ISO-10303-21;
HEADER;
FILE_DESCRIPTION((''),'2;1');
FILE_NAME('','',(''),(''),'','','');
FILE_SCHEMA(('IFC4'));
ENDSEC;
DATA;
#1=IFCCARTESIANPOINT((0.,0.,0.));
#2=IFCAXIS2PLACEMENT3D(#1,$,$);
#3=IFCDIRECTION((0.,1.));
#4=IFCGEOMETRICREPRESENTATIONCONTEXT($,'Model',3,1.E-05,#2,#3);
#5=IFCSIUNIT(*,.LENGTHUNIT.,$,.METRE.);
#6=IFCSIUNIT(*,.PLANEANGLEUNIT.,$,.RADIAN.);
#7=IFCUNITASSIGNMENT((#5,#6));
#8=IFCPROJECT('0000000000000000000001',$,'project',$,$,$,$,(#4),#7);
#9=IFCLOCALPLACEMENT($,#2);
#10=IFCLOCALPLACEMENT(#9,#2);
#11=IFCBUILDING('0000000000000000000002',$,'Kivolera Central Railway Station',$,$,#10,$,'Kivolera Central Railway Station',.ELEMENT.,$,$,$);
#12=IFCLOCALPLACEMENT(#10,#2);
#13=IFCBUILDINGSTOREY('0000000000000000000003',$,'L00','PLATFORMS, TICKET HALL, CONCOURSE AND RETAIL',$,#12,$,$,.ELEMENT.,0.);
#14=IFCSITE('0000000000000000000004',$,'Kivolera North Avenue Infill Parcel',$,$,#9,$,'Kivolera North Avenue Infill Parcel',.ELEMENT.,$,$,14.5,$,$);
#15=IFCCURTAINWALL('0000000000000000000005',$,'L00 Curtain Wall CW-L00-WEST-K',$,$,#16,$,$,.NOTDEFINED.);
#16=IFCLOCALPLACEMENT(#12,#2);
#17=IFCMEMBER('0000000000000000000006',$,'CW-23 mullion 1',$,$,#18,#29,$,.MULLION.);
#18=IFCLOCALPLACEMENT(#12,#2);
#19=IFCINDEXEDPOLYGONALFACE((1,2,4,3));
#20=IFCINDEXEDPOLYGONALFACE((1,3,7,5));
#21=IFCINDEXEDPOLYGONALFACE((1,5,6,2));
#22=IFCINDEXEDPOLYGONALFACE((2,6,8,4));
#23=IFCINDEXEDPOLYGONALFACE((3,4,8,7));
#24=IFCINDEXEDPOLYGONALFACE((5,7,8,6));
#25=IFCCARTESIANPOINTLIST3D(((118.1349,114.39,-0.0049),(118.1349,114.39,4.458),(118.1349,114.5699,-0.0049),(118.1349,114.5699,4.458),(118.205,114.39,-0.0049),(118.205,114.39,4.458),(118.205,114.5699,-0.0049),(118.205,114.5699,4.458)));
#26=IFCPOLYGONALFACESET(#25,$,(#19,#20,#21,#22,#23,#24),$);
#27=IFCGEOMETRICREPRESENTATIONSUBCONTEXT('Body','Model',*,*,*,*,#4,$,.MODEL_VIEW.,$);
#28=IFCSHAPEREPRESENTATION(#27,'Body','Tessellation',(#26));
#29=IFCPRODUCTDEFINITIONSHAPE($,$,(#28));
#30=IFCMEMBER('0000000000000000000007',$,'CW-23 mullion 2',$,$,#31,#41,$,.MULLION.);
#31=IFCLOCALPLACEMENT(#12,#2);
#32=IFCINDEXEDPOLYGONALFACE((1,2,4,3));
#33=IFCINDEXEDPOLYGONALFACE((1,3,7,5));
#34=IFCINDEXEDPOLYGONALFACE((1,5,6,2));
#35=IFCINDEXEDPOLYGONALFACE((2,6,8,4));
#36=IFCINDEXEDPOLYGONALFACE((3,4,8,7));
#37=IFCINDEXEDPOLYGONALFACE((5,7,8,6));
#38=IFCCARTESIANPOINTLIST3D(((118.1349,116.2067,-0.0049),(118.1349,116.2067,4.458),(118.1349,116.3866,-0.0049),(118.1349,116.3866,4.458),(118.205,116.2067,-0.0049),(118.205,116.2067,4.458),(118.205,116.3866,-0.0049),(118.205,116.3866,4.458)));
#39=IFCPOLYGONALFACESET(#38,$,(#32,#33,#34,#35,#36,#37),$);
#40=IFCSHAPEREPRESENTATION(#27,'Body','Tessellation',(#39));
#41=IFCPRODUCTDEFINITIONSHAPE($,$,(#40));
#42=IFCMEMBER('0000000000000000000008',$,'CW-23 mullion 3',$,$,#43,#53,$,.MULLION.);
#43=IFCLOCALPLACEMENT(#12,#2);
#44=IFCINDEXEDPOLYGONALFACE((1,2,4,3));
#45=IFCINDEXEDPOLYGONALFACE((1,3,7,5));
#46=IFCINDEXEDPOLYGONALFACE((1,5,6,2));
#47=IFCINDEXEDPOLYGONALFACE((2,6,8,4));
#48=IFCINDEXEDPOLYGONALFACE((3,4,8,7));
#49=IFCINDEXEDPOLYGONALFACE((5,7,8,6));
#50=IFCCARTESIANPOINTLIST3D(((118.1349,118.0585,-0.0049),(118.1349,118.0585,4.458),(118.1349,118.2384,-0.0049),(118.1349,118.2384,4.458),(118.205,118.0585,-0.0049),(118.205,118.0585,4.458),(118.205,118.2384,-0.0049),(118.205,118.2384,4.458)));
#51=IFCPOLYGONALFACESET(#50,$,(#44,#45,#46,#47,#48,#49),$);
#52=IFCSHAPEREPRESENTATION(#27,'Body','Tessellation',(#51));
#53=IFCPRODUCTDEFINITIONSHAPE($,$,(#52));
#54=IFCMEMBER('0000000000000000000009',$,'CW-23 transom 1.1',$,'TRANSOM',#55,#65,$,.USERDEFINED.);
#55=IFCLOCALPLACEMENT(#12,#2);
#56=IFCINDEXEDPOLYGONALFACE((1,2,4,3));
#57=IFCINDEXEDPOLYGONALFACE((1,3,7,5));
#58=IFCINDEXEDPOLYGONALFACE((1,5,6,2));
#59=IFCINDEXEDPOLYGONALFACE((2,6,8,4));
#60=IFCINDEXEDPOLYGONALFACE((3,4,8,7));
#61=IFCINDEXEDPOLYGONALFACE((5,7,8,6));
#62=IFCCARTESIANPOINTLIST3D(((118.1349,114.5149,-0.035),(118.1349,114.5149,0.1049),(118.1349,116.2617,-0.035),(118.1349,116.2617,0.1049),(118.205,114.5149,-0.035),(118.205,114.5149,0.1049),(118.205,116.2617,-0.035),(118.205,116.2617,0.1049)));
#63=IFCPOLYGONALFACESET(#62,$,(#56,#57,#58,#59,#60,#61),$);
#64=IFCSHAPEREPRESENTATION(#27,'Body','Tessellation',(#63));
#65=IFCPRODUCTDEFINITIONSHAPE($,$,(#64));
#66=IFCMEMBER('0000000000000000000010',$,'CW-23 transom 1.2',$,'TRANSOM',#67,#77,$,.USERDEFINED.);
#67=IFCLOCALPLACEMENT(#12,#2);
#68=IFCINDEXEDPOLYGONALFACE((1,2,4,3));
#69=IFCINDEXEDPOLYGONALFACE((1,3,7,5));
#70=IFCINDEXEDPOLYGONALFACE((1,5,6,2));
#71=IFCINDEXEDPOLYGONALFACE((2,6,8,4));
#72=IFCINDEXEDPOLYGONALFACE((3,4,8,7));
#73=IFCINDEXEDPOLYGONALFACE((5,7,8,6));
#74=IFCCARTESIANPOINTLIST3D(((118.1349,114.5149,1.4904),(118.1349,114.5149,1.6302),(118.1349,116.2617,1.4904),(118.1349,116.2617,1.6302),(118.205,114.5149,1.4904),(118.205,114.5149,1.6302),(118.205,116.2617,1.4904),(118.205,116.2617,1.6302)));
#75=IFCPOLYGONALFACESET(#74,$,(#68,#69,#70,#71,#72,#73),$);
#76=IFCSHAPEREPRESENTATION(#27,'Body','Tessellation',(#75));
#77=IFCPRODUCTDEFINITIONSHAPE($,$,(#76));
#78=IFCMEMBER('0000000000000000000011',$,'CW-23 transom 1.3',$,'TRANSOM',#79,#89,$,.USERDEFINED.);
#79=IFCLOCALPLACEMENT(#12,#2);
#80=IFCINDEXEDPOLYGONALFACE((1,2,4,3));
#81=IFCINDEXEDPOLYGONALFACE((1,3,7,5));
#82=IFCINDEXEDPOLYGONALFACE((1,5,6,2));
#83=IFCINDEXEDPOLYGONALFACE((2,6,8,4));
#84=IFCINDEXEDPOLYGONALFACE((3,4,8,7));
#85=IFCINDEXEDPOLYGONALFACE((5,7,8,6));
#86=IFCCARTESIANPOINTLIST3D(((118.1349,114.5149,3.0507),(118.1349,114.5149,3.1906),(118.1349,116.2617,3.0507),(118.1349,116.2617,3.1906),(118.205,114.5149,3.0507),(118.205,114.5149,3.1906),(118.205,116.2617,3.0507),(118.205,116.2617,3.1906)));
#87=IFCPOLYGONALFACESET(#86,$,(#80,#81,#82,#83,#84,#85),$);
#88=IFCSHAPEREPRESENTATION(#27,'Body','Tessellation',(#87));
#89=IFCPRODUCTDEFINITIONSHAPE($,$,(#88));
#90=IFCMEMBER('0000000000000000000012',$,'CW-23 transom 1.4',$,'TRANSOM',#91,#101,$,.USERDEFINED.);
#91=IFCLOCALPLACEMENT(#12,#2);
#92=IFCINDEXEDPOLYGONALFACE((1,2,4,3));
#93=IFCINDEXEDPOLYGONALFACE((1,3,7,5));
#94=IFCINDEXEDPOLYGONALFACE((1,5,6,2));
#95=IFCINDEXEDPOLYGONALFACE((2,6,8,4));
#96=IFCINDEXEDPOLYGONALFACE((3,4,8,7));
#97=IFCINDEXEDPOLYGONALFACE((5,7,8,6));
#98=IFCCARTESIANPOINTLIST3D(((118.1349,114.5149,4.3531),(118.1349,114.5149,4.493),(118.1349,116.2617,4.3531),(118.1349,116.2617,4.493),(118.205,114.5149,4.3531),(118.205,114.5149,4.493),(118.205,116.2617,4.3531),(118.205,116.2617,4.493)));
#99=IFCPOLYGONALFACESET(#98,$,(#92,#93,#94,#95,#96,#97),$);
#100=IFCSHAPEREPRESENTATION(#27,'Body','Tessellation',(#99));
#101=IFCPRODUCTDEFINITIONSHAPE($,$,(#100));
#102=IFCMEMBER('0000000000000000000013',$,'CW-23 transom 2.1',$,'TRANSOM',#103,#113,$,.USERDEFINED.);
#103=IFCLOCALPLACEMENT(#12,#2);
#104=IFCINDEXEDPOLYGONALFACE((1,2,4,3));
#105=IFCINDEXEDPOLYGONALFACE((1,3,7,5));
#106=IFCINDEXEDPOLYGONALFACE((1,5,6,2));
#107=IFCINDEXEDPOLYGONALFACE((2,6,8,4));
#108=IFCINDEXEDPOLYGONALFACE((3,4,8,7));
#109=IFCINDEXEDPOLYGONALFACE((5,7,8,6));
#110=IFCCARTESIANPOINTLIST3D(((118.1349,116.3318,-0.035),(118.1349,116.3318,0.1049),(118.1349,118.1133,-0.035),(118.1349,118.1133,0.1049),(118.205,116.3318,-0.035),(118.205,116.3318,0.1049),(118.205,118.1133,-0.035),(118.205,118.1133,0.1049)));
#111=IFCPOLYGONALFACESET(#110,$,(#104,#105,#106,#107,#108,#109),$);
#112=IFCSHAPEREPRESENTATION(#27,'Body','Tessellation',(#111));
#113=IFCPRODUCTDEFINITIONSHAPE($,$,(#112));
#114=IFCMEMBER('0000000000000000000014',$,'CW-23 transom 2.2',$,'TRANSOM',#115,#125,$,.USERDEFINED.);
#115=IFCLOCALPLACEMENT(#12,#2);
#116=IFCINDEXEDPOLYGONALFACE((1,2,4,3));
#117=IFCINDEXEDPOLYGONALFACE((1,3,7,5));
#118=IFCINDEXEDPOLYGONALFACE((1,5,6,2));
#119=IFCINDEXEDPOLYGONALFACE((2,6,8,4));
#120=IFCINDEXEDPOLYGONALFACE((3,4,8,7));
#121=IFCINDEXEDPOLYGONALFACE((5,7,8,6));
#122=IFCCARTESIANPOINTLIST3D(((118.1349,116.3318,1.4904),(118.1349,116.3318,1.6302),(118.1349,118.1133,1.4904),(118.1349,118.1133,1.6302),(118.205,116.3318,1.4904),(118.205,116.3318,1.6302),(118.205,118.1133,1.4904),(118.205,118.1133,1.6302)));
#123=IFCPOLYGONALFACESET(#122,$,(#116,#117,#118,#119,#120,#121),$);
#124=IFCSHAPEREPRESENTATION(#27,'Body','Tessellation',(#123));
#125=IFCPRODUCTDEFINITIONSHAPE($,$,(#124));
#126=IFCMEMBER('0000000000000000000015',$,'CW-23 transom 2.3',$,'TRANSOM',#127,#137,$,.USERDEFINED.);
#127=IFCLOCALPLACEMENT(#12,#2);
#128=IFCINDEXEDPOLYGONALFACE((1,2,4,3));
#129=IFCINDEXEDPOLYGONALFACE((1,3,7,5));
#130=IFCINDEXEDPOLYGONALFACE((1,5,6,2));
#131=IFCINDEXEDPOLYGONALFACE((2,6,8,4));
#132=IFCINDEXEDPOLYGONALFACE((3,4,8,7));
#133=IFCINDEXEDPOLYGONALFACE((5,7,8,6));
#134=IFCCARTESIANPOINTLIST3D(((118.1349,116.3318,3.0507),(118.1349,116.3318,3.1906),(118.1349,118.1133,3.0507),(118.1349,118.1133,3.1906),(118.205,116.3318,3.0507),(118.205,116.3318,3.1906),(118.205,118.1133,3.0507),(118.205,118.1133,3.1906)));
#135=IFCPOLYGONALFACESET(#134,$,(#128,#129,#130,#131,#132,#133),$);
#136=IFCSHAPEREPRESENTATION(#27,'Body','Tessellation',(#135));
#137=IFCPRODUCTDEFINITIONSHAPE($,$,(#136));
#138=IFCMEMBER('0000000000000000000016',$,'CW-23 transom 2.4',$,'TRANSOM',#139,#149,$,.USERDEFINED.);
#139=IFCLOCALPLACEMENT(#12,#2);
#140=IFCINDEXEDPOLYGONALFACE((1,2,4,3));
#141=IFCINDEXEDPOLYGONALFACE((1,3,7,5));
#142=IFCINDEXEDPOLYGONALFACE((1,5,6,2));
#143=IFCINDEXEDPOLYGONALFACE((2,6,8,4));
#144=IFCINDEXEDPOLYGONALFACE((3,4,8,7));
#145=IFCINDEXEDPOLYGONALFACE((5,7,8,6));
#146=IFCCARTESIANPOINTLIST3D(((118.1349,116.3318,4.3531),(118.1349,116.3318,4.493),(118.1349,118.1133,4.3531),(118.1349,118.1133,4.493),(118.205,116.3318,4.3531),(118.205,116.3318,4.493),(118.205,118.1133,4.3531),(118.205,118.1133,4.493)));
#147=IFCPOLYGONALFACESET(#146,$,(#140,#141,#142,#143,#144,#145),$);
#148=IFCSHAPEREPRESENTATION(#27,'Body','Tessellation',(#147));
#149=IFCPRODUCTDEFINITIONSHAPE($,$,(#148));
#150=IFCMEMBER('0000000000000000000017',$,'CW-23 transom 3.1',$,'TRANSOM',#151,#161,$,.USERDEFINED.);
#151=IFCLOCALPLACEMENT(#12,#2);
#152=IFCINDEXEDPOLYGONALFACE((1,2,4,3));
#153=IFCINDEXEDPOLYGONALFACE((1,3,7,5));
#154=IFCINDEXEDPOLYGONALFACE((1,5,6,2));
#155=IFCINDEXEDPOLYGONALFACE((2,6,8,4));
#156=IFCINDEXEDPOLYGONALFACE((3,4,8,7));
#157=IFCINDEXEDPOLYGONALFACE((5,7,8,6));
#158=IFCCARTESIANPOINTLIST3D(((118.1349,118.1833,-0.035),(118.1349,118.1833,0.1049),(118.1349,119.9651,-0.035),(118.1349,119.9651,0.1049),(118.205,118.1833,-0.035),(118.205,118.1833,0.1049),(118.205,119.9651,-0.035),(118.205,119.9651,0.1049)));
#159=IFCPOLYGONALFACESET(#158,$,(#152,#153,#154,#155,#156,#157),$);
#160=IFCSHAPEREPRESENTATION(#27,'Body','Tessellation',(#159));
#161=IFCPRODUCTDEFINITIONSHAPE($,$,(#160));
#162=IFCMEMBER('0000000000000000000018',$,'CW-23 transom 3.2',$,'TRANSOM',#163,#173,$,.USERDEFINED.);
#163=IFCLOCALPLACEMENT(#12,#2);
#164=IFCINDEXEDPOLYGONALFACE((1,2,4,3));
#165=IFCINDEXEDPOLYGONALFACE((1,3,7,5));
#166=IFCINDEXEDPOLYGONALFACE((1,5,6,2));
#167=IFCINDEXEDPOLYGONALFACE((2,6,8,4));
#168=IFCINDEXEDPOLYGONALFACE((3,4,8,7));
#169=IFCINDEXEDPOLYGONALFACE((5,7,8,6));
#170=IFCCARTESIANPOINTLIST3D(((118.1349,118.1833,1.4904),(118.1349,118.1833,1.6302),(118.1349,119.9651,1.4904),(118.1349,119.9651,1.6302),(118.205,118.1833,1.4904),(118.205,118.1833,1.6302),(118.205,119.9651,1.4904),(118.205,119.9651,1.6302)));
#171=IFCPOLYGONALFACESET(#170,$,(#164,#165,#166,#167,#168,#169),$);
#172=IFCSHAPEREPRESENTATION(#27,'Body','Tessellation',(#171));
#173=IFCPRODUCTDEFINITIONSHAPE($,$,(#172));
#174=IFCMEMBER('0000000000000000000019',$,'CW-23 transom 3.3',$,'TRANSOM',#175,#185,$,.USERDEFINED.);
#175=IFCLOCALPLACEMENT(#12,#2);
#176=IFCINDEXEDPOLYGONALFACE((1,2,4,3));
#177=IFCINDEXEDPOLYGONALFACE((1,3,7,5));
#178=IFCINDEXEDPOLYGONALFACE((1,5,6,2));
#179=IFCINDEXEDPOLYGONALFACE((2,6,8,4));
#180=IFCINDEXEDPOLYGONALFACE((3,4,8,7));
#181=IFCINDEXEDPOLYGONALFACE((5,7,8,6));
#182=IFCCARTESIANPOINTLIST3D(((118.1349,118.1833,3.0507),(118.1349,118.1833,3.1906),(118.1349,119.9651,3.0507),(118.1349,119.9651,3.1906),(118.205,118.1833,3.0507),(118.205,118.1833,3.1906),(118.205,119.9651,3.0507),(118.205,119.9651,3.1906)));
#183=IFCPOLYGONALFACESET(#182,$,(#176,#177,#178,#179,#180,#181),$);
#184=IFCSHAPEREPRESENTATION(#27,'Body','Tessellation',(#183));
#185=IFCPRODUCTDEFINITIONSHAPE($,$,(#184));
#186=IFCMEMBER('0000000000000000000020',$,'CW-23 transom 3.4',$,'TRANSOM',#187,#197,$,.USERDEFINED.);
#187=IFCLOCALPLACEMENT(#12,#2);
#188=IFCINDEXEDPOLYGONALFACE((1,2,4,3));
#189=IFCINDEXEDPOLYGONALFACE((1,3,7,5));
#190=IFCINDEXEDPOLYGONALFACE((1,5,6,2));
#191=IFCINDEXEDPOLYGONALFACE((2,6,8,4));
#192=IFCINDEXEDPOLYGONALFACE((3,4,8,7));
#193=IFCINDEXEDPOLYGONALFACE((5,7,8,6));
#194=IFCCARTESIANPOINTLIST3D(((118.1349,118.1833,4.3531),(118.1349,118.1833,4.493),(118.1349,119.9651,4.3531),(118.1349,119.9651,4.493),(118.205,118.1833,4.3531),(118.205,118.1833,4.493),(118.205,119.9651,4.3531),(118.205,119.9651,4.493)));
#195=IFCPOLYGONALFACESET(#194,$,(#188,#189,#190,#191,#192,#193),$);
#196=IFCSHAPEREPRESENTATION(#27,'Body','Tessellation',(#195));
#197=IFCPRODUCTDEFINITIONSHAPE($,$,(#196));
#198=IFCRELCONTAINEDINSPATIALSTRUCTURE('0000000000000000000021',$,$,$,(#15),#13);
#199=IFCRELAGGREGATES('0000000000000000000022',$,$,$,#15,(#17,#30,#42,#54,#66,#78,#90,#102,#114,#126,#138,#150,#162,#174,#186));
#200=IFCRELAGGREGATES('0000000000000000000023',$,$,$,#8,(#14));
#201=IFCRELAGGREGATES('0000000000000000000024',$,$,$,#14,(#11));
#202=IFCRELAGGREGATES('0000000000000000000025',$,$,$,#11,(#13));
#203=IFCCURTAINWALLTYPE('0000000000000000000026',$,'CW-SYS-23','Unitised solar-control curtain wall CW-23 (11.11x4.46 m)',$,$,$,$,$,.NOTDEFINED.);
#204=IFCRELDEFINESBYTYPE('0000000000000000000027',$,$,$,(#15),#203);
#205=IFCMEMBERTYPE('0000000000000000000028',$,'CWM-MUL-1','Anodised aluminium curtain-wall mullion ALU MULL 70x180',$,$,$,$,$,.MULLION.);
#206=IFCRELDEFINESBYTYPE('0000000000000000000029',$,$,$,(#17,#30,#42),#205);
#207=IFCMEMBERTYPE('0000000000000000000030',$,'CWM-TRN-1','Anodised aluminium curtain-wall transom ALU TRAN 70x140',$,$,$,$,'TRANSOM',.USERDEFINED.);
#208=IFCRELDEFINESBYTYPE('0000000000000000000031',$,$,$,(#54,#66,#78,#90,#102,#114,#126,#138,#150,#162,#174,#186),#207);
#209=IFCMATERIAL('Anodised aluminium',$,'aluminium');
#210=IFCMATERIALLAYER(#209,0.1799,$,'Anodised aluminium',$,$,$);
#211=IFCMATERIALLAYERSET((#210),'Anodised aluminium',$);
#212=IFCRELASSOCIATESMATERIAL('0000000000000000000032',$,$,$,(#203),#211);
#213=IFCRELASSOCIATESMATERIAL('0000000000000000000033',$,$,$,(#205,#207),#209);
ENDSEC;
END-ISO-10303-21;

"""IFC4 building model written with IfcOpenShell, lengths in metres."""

from ifc_helpers import new_model, si_unit, direction, frame, origin, origin_2d, place, context, subcontext, project, spatial, rectangle, extrude, material, layer, layer_set, material_profile, profile_set, type_object, element, aggregate, save


model = new_model("IFC4")

# Units and contexts
model_context = context("Model", 3, precision=1e-05, world=origin(), true_north=direction((0.0, 1.0)))
body_context = subcontext(model_context, "Body", "Model", "MODEL_VIEW")
ifc_project = project(units=[si_unit("LENGTHUNIT", "METRE"), si_unit("PLANEANGLEUNIT", "RADIAN")], contexts=[model_context])

# Site, building, storey
site_placement = place(None, origin())
site = spatial("IfcSite", under=ifc_project, at=site_placement, Name="Kivolera North Avenue Infill Parcel", LongName="Kivolera North Avenue Infill Parcel", CompositionType="ELEMENT", RefElevation=14.5)
building_placement = place(site_placement, origin())
building = spatial("IfcBuilding", under=site, at=building_placement, Name="Kivolera Central Railway Station", LongName="Kivolera Central Railway Station", CompositionType="ELEMENT")
storey_placement = place(building_placement, origin())
storey = spatial("IfcBuildingStorey", under=building, at=storey_placement, Name="L00", Description="PLATFORMS, TICKET HALL, CONCOURSE AND RETAIL", CompositionType="ELEMENT", Elevation=0.0)

# Curtain wall, members
ifc_material_1 = material(Name="Anodised aluminium", Category="aluminium")
ifc_layer_1 = layer(ifc_material_1, 0.1799, Name="Anodised aluminium")
ifc_layer_set_1 = layer_set([ifc_layer_1], Name="Anodised aluminium")
curtain_wall_type = type_object("IfcCurtainWallType", Name="CW-SYS-23", Description="Unitised solar-control curtain wall CW-23 (11.11x4.46 m)", PredefinedType="NOTDEFINED", material=ifc_layer_set_1)
curtain_wall_placement = place(storey_placement, origin())
curtain_wall = element("IfcCurtainWall", 1, at=curtain_wall_placement, inside=storey, type_object=curtain_wall_type, Name="L00 Curtain Wall CW-L00-WEST-K", PredefinedType="NOTDEFINED")
ifc_material_profile_1 = material_profile(ifc_material_1, rectangle(XDim=0.0701, YDim=0.1799, at=origin_2d()), Name="ALU MULL 70x180")
ifc_profile_set_1 = profile_set([ifc_material_profile_1], Name="Anodised aluminium")
member_type_1 = type_object("IfcMemberType", Name="CWM-MUL-1", Description="Anodised aluminium curtain-wall mullion ALU MULL 70x180", PredefinedType="MULLION", material=ifc_profile_set_1)
member_1_placement = place(storey_placement, frame((118.1699, 114.48, -0.0049), z_axis=(0.0, 0.0, 1.0), x_axis=(-1.0, 0.0, 0.0)))
member_1 = element("IfcMember", 2, at=member_1_placement, type_object=member_type_1, Name="CW-23 mullion 1", PredefinedType="MULLION", context=body_context, shape_type="SweptSolid", body=[
    extrude(rectangle(XDim=0.0701, YDim=0.1799, at=origin_2d()), origin(), (0.0, 0.0, 1.0), 4.4629),
])
member_2_placement = place(storey_placement, frame((118.1699, 116.2966, -0.0049), z_axis=(0.0, 0.0, 1.0), x_axis=(-1.0, 0.0, 0.0)))
member_2 = element("IfcMember", 3, at=member_2_placement, type_object=member_type_1, Name="CW-23 mullion 2", PredefinedType="MULLION", context=body_context, shape_type="SweptSolid", body=[
    extrude(rectangle(XDim=0.0701, YDim=0.1799, at=origin_2d()), origin(), (0.0, 0.0, 1.0), 4.4629),
])
member_3_placement = place(storey_placement, frame((118.1699, 118.1484, -0.0049), z_axis=(0.0, 0.0, 1.0), x_axis=(-1.0, 0.0, 0.0)))
member_3 = element("IfcMember", 4, at=member_3_placement, type_object=member_type_1, Name="CW-23 mullion 3", PredefinedType="MULLION", context=body_context, shape_type="SweptSolid", body=[
    extrude(rectangle(XDim=0.0701, YDim=0.1799, at=origin_2d()), origin(), (0.0, 0.0, 1.0), 4.4629),
])
ifc_material_profile_2 = material_profile(ifc_material_1, rectangle(XDim=0.0701, YDim=0.1399, at=origin_2d()), Name="ALU TRAN 70x140")
ifc_profile_set_2 = profile_set([ifc_material_profile_2], Name="Anodised aluminium")
member_type_2 = type_object("IfcMemberType", Name="CWM-TRN-1", Description="Anodised aluminium curtain-wall transom ALU TRAN 70x140", ElementType="TRANSOM", PredefinedType="USERDEFINED", material=ifc_profile_set_2)
member_4_placement = place(storey_placement, frame((118.1699, 114.5149, 0.0349), z_axis=(0.0, 1.0, 0.0), x_axis=(-1.0, 0.0, 0.0)))
member_4 = element("IfcMember", 5, at=member_4_placement, type_object=member_type_2, Name="CW-23 transom 1.1", ObjectType="TRANSOM", PredefinedType="USERDEFINED", context=body_context, shape_type="SweptSolid", body=[
    extrude(rectangle(XDim=0.0701, YDim=0.1399, at=origin_2d()), origin(), (0.0, 0.0, 1.0), 1.7468),
])
member_5_placement = place(storey_placement, frame((118.1699, 114.5149, 1.5603), z_axis=(0.0, 1.0, 0.0), x_axis=(-1.0, 0.0, 0.0)))
member_5 = element("IfcMember", 6, at=member_5_placement, type_object=member_type_2, Name="CW-23 transom 1.2", ObjectType="TRANSOM", PredefinedType="USERDEFINED", context=body_context, shape_type="SweptSolid", body=[
    extrude(rectangle(XDim=0.0701, YDim=0.1399, at=origin_2d()), origin(), (0.0, 0.0, 1.0), 1.7468),
])
member_6_placement = place(storey_placement, frame((118.1699, 114.5149, 3.1206), z_axis=(0.0, 1.0, 0.0), x_axis=(-1.0, 0.0, 0.0)))
member_6 = element("IfcMember", 7, at=member_6_placement, type_object=member_type_2, Name="CW-23 transom 1.3", ObjectType="TRANSOM", PredefinedType="USERDEFINED", context=body_context, shape_type="SweptSolid", body=[
    extrude(rectangle(XDim=0.0701, YDim=0.1399, at=origin_2d()), origin(), (0.0, 0.0, 1.0), 1.7468),
])
member_7_placement = place(storey_placement, frame((118.1699, 114.5149, 4.4231), z_axis=(0.0, 1.0, 0.0), x_axis=(-1.0, 0.0, 0.0)))
member_7 = element("IfcMember", 8, at=member_7_placement, type_object=member_type_2, Name="CW-23 transom 1.4", ObjectType="TRANSOM", PredefinedType="USERDEFINED", context=body_context, shape_type="SweptSolid", body=[
    extrude(rectangle(XDim=0.0701, YDim=0.1399, at=origin_2d()), origin(), (0.0, 0.0, 1.0), 1.7468),
])
member_8_placement = place(storey_placement, frame((118.1699, 116.3318, 0.0349), z_axis=(0.0, 1.0, 0.0), x_axis=(-1.0, 0.0, 0.0)))
member_8 = element("IfcMember", 9, at=member_8_placement, type_object=member_type_2, Name="CW-23 transom 2.1", ObjectType="TRANSOM", PredefinedType="USERDEFINED", context=body_context, shape_type="SweptSolid", body=[
    extrude(rectangle(XDim=0.0701, YDim=0.1399, at=origin_2d()), origin(), (0.0, 0.0, 1.0), 1.7815),
])
member_9_placement = place(storey_placement, frame((118.1699, 116.3318, 1.5603), z_axis=(0.0, 1.0, 0.0), x_axis=(-1.0, 0.0, 0.0)))
member_9 = element("IfcMember", 10, at=member_9_placement, type_object=member_type_2, Name="CW-23 transom 2.2", ObjectType="TRANSOM", PredefinedType="USERDEFINED", context=body_context, shape_type="SweptSolid", body=[
    extrude(rectangle(XDim=0.0701, YDim=0.1399, at=origin_2d()), origin(), (0.0, 0.0, 1.0), 1.7815),
])
member_10_placement = place(storey_placement, frame((118.1699, 116.3318, 3.1206), z_axis=(0.0, 1.0, 0.0), x_axis=(-1.0, 0.0, 0.0)))
member_10 = element("IfcMember", 11, at=member_10_placement, type_object=member_type_2, Name="CW-23 transom 2.3", ObjectType="TRANSOM", PredefinedType="USERDEFINED", context=body_context, shape_type="SweptSolid", body=[
    extrude(rectangle(XDim=0.0701, YDim=0.1399, at=origin_2d()), origin(), (0.0, 0.0, 1.0), 1.7815),
])
member_11_placement = place(storey_placement, frame((118.1699, 116.3318, 4.4231), z_axis=(0.0, 1.0, 0.0), x_axis=(-1.0, 0.0, 0.0)))
member_11 = element("IfcMember", 12, at=member_11_placement, type_object=member_type_2, Name="CW-23 transom 2.4", ObjectType="TRANSOM", PredefinedType="USERDEFINED", context=body_context, shape_type="SweptSolid", body=[
    extrude(rectangle(XDim=0.0701, YDim=0.1399, at=origin_2d()), origin(), (0.0, 0.0, 1.0), 1.7815),
])
member_12_placement = place(storey_placement, frame((118.1699, 118.1833, 0.0349), z_axis=(0.0, 1.0, 0.0), x_axis=(-1.0, 0.0, 0.0)))
member_12 = element("IfcMember", 13, at=member_12_placement, type_object=member_type_2, Name="CW-23 transom 3.1", ObjectType="TRANSOM", PredefinedType="USERDEFINED", context=body_context, shape_type="SweptSolid", body=[
    extrude(rectangle(XDim=0.0701, YDim=0.1399, at=origin_2d()), origin(), (0.0, 0.0, 1.0), 1.7817),
])
member_13_placement = place(storey_placement, frame((118.1699, 118.1833, 1.5603), z_axis=(0.0, 1.0, 0.0), x_axis=(-1.0, 0.0, 0.0)))
member_13 = element("IfcMember", 14, at=member_13_placement, type_object=member_type_2, Name="CW-23 transom 3.2", ObjectType="TRANSOM", PredefinedType="USERDEFINED", context=body_context, shape_type="SweptSolid", body=[
    extrude(rectangle(XDim=0.0701, YDim=0.1399, at=origin_2d()), origin(), (0.0, 0.0, 1.0), 1.7817),
])
member_14_placement = place(storey_placement, frame((118.1699, 118.1833, 3.1206), z_axis=(0.0, 1.0, 0.0), x_axis=(-1.0, 0.0, 0.0)))
member_14 = element("IfcMember", 15, at=member_14_placement, type_object=member_type_2, Name="CW-23 transom 3.3", ObjectType="TRANSOM", PredefinedType="USERDEFINED", context=body_context, shape_type="SweptSolid", body=[
    extrude(rectangle(XDim=0.0701, YDim=0.1399, at=origin_2d()), origin(), (0.0, 0.0, 1.0), 1.7817),
])
member_15_placement = place(storey_placement, frame((118.1699, 118.1833, 4.4231), z_axis=(0.0, 1.0, 0.0), x_axis=(-1.0, 0.0, 0.0)))
member_15 = element("IfcMember", 16, at=member_15_placement, type_object=member_type_2, Name="CW-23 transom 3.4", ObjectType="TRANSOM", PredefinedType="USERDEFINED", context=body_context, shape_type="SweptSolid", body=[
    extrude(rectangle(XDim=0.0701, YDim=0.1399, at=origin_2d()), origin(), (0.0, 0.0, 1.0), 1.7817),
])
aggregate(curtain_wall, [member_1, member_2, member_3, member_4, member_5, member_6, member_7, member_8, member_9, member_10, member_11, member_12, member_13, member_14, member_15])

save(model, "model.ifc")
